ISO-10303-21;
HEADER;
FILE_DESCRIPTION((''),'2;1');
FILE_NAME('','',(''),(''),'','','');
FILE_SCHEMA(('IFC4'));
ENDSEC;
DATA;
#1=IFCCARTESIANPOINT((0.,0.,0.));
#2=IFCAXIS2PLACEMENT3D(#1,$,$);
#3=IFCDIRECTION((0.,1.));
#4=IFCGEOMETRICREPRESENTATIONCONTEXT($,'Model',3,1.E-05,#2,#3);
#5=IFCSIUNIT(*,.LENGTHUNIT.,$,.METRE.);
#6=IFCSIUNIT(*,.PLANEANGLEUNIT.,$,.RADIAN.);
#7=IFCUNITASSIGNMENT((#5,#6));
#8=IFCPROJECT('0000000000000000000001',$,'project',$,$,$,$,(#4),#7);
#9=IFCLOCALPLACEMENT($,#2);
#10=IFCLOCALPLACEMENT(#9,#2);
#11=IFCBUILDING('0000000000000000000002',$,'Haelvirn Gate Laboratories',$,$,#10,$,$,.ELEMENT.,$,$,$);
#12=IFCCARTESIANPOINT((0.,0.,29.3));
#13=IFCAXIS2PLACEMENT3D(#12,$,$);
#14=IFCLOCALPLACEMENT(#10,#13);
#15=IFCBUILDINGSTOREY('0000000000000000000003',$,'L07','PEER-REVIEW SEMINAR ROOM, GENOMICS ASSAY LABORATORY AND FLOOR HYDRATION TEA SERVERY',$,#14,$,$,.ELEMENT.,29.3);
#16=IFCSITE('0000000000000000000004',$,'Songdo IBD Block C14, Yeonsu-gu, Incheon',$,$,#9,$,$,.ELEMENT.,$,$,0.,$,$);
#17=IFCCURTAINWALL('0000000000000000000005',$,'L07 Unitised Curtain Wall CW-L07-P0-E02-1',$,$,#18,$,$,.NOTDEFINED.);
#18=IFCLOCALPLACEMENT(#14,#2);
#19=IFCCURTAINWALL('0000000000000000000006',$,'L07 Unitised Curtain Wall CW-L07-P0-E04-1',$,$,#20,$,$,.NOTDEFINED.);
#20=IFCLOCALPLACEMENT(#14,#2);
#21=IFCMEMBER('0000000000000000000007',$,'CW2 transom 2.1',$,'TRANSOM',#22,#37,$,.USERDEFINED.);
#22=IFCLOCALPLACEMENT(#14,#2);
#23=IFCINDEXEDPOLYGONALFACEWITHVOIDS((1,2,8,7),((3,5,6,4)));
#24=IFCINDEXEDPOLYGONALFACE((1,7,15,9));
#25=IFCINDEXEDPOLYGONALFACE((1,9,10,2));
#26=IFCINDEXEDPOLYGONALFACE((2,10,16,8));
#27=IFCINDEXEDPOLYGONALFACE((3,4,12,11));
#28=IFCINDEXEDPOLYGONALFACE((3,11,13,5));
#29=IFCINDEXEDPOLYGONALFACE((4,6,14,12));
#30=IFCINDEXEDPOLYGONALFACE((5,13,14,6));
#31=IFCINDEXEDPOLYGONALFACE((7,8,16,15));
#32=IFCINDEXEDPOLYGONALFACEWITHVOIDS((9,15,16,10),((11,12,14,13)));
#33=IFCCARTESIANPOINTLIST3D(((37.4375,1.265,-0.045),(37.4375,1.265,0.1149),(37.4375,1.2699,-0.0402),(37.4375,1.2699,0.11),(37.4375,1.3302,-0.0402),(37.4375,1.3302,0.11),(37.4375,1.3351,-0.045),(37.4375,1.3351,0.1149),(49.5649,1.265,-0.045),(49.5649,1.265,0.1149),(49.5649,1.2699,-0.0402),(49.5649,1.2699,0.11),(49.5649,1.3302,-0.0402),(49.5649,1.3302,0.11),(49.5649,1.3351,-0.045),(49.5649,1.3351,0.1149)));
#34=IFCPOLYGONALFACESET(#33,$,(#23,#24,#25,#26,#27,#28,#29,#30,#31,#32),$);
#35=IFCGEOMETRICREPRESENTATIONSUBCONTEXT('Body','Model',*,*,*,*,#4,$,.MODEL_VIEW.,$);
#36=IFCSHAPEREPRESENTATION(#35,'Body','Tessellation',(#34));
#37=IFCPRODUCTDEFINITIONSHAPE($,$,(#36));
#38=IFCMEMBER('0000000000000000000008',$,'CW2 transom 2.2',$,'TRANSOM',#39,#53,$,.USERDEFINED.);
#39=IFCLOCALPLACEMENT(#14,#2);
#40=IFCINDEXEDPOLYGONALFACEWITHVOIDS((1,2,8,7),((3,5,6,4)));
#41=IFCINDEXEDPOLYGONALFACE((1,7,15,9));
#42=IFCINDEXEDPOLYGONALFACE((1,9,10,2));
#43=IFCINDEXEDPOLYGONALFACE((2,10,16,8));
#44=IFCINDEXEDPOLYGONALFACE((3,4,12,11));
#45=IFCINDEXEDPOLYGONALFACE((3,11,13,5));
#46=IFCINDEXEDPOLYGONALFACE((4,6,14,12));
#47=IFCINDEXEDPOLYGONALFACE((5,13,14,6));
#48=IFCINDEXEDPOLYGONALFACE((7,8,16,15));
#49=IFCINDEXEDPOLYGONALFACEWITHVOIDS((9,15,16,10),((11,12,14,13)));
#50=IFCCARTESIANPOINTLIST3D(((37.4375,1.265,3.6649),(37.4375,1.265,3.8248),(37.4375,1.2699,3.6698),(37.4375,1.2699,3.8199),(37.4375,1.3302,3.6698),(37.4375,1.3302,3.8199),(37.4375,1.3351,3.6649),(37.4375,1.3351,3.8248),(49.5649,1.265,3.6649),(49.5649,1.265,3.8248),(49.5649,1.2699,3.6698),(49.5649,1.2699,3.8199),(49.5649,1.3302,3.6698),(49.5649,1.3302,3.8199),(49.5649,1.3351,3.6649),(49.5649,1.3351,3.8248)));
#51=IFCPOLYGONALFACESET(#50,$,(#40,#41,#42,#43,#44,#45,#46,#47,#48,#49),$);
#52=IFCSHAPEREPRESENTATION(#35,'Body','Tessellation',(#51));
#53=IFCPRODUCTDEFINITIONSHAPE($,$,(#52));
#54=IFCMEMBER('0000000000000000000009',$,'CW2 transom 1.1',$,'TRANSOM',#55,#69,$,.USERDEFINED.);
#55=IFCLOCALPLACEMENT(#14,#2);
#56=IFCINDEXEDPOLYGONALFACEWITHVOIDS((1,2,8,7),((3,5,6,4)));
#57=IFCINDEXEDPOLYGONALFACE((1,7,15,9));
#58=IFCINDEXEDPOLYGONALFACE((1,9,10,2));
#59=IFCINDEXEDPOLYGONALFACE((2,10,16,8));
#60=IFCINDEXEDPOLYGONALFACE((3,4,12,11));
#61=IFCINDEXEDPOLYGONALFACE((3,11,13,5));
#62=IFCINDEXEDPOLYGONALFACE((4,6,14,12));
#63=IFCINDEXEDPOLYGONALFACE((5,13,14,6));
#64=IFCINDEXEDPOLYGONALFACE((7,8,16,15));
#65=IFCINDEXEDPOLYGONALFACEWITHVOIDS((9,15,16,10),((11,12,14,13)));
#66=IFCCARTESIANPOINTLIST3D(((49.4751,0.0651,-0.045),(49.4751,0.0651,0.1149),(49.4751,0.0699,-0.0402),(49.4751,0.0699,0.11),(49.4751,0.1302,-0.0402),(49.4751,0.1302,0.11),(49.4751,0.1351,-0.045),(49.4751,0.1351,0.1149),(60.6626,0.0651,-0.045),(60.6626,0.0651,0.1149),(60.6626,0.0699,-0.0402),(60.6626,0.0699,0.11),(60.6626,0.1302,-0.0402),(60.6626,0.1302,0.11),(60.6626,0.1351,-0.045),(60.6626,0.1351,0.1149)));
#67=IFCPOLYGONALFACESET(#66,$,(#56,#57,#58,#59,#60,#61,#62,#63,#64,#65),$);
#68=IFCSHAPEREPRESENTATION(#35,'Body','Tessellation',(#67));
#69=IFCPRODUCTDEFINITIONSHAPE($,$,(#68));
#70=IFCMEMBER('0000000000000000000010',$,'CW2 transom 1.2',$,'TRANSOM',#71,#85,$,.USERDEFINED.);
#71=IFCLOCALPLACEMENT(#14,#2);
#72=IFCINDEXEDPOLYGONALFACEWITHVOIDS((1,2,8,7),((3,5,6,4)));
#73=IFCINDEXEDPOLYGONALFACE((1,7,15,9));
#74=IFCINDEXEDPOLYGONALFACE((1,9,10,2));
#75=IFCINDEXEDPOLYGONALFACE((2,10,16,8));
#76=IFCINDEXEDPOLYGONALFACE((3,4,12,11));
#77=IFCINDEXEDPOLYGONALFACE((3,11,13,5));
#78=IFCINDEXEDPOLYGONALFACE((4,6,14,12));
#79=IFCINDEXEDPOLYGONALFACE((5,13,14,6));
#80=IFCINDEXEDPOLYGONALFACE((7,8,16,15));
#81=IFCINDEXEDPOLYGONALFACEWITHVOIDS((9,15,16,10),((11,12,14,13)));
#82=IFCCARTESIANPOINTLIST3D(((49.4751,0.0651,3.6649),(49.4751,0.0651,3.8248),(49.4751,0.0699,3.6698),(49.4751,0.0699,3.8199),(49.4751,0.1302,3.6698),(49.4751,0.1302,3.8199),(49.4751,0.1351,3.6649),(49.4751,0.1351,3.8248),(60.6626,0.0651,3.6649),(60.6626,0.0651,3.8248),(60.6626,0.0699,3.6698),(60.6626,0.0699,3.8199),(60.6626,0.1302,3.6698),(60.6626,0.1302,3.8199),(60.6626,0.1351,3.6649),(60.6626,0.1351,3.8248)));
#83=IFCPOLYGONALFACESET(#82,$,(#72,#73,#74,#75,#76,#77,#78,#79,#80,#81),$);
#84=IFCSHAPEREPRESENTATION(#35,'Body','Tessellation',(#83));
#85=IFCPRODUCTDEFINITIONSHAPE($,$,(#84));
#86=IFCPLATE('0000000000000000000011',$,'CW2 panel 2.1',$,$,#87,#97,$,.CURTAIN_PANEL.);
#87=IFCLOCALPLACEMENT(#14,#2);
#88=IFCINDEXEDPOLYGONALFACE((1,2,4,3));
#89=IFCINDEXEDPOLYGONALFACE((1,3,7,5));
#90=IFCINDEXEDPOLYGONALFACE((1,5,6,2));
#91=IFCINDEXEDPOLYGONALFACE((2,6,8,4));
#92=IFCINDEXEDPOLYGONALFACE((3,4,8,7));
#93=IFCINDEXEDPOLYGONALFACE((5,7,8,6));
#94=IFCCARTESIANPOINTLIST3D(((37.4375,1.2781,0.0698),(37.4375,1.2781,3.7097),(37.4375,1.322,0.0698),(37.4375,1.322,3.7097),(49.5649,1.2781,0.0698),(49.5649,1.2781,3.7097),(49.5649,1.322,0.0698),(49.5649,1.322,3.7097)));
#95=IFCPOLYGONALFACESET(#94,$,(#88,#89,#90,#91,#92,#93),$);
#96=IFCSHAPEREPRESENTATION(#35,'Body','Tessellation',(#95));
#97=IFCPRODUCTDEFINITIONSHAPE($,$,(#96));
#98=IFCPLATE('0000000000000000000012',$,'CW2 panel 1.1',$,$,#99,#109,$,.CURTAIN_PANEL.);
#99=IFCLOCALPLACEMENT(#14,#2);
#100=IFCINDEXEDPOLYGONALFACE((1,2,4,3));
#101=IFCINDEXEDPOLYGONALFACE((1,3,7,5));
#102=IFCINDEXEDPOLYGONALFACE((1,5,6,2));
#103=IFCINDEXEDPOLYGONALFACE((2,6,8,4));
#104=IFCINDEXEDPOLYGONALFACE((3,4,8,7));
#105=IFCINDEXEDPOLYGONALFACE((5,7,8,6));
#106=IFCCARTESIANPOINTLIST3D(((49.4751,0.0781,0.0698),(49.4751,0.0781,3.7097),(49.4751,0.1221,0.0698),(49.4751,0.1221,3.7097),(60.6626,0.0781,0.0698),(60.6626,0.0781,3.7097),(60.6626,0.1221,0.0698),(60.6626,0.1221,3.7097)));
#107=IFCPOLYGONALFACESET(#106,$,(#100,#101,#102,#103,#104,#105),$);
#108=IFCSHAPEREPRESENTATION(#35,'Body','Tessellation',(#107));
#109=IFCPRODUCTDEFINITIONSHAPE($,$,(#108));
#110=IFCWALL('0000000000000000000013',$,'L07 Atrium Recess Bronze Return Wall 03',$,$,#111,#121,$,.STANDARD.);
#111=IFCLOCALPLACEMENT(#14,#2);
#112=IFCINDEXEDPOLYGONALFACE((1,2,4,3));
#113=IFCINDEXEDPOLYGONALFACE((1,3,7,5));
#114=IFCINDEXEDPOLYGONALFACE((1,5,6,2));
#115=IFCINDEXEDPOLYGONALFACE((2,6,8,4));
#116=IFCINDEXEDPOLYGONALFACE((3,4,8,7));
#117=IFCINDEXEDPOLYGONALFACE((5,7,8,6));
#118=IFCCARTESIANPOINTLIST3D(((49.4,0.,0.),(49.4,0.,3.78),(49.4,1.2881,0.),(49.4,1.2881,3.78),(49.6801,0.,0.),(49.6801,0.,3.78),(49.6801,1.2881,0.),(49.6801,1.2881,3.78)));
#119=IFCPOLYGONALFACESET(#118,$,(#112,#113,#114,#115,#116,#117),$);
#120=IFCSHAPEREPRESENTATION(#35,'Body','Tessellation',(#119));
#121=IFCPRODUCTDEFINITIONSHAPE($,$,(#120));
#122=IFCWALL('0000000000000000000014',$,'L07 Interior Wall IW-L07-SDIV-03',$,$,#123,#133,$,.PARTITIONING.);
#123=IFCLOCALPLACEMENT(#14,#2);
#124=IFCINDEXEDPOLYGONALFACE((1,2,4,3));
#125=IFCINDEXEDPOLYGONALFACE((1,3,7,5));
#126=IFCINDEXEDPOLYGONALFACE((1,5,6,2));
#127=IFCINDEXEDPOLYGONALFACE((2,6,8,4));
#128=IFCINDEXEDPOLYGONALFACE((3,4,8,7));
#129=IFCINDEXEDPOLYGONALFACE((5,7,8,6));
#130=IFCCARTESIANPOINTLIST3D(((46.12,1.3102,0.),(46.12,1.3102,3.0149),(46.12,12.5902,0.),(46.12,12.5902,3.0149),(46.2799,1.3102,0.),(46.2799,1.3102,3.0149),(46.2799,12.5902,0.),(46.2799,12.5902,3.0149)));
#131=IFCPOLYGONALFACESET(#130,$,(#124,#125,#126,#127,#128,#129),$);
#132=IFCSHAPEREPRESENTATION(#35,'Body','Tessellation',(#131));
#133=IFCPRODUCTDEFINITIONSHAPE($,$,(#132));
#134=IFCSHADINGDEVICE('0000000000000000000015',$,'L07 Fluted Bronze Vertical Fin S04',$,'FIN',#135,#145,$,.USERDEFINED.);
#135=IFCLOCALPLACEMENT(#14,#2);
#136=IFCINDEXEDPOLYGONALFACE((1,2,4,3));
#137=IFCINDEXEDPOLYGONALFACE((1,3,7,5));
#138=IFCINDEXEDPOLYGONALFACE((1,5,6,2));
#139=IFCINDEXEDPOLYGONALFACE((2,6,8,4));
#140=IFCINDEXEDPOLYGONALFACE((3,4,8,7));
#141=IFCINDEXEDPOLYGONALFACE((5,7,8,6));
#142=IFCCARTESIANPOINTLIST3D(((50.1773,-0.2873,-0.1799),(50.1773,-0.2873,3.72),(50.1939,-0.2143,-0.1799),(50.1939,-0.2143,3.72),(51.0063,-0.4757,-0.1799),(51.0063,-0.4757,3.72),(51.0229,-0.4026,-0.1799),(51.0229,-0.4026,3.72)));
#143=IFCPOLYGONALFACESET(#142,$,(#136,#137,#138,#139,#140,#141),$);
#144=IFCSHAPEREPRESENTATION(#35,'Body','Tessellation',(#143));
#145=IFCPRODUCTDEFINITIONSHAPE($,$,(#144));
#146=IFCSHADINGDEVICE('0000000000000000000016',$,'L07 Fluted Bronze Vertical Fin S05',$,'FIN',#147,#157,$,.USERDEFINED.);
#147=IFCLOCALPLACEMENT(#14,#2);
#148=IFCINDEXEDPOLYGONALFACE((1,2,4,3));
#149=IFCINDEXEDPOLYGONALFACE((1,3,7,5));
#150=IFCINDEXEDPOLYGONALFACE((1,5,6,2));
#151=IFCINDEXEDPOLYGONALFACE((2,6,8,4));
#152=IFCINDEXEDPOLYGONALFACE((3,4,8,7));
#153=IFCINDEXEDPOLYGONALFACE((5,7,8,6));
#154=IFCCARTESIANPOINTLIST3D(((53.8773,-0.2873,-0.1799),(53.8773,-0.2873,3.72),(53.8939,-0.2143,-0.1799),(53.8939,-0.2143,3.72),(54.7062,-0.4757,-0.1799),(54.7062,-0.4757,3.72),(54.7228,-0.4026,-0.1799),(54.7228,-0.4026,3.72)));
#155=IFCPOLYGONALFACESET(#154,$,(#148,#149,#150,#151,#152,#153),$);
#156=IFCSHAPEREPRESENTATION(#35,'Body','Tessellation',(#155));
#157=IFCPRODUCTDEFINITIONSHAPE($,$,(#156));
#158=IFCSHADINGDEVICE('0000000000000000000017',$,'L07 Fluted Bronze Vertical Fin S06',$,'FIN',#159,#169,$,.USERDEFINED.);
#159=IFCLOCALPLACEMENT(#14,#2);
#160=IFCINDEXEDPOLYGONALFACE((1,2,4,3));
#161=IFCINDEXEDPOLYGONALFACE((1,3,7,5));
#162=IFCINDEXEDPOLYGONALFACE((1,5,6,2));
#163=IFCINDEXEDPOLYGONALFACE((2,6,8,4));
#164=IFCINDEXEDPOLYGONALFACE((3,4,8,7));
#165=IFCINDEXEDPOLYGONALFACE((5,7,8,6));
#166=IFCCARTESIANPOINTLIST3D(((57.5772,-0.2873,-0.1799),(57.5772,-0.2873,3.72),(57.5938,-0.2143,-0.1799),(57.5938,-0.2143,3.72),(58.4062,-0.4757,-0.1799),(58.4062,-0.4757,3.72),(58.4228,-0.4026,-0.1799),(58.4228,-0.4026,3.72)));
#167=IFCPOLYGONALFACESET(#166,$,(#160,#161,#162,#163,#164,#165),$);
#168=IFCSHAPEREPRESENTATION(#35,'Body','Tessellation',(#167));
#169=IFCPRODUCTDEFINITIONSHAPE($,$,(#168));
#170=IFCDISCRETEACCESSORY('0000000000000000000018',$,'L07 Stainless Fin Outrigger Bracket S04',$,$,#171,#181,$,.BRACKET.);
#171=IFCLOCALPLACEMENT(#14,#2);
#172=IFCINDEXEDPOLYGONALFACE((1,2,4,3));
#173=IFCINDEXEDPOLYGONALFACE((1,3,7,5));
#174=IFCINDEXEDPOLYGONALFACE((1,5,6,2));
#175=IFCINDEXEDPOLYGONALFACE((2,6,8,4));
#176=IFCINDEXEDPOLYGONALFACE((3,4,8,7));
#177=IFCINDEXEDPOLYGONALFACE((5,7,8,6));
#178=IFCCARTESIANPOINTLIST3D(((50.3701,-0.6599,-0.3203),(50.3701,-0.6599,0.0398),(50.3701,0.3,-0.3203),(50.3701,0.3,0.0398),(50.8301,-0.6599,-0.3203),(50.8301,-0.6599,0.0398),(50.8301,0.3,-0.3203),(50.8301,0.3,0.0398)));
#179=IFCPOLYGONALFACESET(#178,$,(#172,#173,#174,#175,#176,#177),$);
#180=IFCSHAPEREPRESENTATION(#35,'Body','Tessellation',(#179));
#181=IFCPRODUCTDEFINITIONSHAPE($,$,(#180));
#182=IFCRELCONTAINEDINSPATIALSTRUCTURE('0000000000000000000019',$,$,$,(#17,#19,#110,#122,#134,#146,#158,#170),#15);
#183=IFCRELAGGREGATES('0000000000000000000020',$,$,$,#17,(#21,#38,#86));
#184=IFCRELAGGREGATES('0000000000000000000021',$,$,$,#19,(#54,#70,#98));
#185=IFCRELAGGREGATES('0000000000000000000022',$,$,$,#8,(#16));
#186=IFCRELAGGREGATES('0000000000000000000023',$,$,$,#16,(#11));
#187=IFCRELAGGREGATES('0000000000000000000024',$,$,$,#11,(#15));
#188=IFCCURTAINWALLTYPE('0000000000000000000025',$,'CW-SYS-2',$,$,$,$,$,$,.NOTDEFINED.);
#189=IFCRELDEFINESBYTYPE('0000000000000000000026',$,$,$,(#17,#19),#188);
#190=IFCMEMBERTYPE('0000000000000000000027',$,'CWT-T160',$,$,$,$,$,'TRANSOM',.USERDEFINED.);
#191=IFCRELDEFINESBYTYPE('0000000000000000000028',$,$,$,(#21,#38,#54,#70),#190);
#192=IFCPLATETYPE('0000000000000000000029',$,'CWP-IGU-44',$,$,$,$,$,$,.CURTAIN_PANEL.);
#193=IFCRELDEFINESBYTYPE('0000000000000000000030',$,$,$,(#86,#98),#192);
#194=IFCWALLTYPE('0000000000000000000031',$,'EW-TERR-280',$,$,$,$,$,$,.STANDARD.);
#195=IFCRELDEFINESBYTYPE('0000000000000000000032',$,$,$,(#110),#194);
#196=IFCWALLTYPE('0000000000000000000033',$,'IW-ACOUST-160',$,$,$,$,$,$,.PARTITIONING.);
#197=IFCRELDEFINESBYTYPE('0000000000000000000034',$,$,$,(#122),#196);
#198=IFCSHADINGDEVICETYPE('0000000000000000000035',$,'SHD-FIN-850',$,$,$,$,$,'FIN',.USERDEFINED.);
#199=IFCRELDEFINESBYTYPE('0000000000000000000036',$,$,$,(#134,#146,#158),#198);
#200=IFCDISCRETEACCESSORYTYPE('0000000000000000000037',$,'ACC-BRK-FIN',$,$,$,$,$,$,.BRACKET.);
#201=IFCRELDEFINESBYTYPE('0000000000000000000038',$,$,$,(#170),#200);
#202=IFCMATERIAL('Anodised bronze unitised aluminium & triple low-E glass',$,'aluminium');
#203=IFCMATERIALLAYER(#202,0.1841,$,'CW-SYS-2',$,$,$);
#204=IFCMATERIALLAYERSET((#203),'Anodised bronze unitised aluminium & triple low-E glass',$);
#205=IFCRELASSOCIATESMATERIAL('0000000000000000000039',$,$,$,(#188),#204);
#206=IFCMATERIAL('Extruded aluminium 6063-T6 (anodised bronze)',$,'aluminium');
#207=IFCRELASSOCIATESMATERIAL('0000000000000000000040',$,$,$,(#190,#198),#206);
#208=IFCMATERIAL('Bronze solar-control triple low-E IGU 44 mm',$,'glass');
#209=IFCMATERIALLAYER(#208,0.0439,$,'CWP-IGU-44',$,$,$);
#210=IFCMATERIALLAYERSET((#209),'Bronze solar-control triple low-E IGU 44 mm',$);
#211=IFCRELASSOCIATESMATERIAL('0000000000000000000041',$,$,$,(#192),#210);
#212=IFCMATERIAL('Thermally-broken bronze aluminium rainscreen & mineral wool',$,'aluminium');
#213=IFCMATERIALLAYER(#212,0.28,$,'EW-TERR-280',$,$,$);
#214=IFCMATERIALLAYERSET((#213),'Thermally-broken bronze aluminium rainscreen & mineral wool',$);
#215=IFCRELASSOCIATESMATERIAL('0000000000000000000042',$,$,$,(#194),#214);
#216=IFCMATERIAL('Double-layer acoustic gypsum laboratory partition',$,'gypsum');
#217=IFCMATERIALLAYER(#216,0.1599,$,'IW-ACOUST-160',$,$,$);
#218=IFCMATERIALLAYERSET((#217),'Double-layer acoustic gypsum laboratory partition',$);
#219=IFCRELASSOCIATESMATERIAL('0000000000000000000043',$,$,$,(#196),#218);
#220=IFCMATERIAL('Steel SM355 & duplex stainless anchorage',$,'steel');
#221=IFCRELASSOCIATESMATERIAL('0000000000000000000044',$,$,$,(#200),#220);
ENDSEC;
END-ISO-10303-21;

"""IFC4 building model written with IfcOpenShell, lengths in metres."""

from ifc_helpers import new_model, si_unit, direction, frame, frame_2d, origin, origin_2d, place, context, subcontext, project, spatial, rectangle, hollow_rectangle, extrude, source, transform, mapped, material, layer, layer_set, material_profile, profile_set, type_object, type_shapes, element, aggregate, save


model = new_model("IFC4")

# Units and contexts
model_context = context("Model", 3, precision=1e-05, world=origin(), true_north=direction((0.0, 1.0)))
body_context = subcontext(model_context, "Body", "Model", "MODEL_VIEW")
ifc_project = project(units=[si_unit("LENGTHUNIT", "METRE"), si_unit("PLANEANGLEUNIT", "RADIAN")], contexts=[model_context])

# Site, building, storey
site_placement = place(None, origin())
site = spatial("IfcSite", under=ifc_project, at=site_placement, Name="Songdo IBD Block C14, Yeonsu-gu, Incheon", CompositionType="ELEMENT", RefElevation=0.0)
building_placement = place(site_placement, origin())
building = spatial("IfcBuilding", under=site, at=building_placement, Name="Haelvirn Gate Laboratories", CompositionType="ELEMENT")
storey_placement = place(building_placement, frame((0.0, 0.0, 29.3)))
storey = spatial("IfcBuildingStorey", under=building, at=storey_placement, Name="L07", Description="PEER-REVIEW SEMINAR ROOM, GENOMICS ASSAY LABORATORY AND FLOOR HYDRATION TEA SERVERY", CompositionType="ELEMENT", Elevation=29.3)

# Curtain wall
ifc_material_1 = material(Name="Anodised bronze unitised aluminium & triple low-E glass", Category="aluminium")
ifc_layer_1 = layer(ifc_material_1, 0.1841, Name="CW-SYS-2")
ifc_layer_set_1 = layer_set([ifc_layer_1], Name="Anodised bronze unitised aluminium & triple low-E glass")
curtain_wall_type = type_object("IfcCurtainWallType", Name="CW-SYS-2", PredefinedType="NOTDEFINED", material=ifc_layer_set_1)
curtain_wall_1_placement = place(storey_placement, origin())
curtain_wall_1 = element("IfcCurtainWall", 1, at=curtain_wall_1_placement, inside=storey, type_object=curtain_wall_type, Name="L07 Unitised Curtain Wall CW-L07-P0-E02-1", PredefinedType="NOTDEFINED")
ifc_material_2 = material(Name="Extruded aluminium 6063-T6 (anodised bronze)", Category="aluminium")

# Curtain wall
curtain_wall_2_placement = place(storey_placement, origin())
curtain_wall_2 = element("IfcCurtainWall", 2, at=curtain_wall_2_placement, inside=storey, type_object=curtain_wall_type, Name="L07 Unitised Curtain Wall CW-L07-P0-E04-1", PredefinedType="NOTDEFINED")

# Members
ifc_material_profile_1 = material_profile(ifc_material_2, hollow_rectangle(XDim=0.0701, YDim=0.1599, WallThickness=0.0049, at=origin_2d()), Name="CWT-160x70x5")
ifc_profile_set_1 = profile_set([ifc_material_profile_1], Name="Extruded aluminium 6063-T6 (anodised bronze)")
member_type_1 = type_object("IfcMemberType", Name="CWT-T160", ElementType="TRANSOM", PredefinedType="USERDEFINED", material=ifc_profile_set_1)
shared_shape_1 = source(origin(), body_context, "Body", "SweptSolid", [
    extrude(hollow_rectangle(XDim=0.0701, YDim=0.1599, WallThickness=0.0049, at=origin_2d()), origin(), (0.0, 0.0, 1.0), 12.1274),
])
member_1_placement = place(storey_placement, frame((37.4375, 1.3, 0.0349), z_axis=(1.0, 0.0, 0.0), x_axis=(0.0, 1.0, 0.0)))
member_1 = element("IfcMember", 3, at=member_1_placement, type_object=member_type_1, Name="CW2 transom 2.1", ObjectType="TRANSOM", PredefinedType="USERDEFINED", context=body_context, shape_type="MappedRepresentation", body=[
    mapped(shared_shape_1, transform((0.0, 0.0, 0.0), scale=1.0)),
])
member_2_placement = place(storey_placement, frame((37.4375, 1.3, 3.7449), z_axis=(1.0, 0.0, 0.0), x_axis=(0.0, 1.0, 0.0)))
member_2 = element("IfcMember", 4, at=member_2_placement, type_object=member_type_1, Name="CW2 transom 2.2", ObjectType="TRANSOM", PredefinedType="USERDEFINED", context=body_context, shape_type="MappedRepresentation", body=[
    mapped(shared_shape_1, transform((0.0, 0.0, 0.0), scale=1.0)),
])
shared_shape_2 = source(origin(), body_context, "Body", "SweptSolid", [
    extrude(hollow_rectangle(XDim=0.0701, YDim=0.1599, WallThickness=0.0049, at=origin_2d()), origin(), (0.0, 0.0, 1.0), 11.1875),
])
type_shapes(member_type_1, [shared_shape_1, shared_shape_2])
member_3_placement = place(storey_placement, frame((49.4751, 0.1001, 0.0349), z_axis=(1.0, 0.0, 0.0), x_axis=(0.0, 1.0, 0.0)))
member_3 = element("IfcMember", 5, at=member_3_placement, type_object=member_type_1, Name="CW2 transom 1.1", ObjectType="TRANSOM", PredefinedType="USERDEFINED", context=body_context, shape_type="MappedRepresentation", body=[
    mapped(shared_shape_2, transform((0.0, 0.0, 0.0), scale=1.0)),
])
member_4_placement = place(storey_placement, frame((49.4751, 0.1001, 3.7449), z_axis=(1.0, 0.0, 0.0), x_axis=(0.0, 1.0, 0.0)))
member_4 = element("IfcMember", 6, at=member_4_placement, type_object=member_type_1, Name="CW2 transom 1.2", ObjectType="TRANSOM", PredefinedType="USERDEFINED", context=body_context, shape_type="MappedRepresentation", body=[
    mapped(shared_shape_2, transform((0.0, 0.0, 0.0), scale=1.0)),
])

# Plates
ifc_material_3 = material(Name="Bronze solar-control triple low-E IGU 44 mm", Category="glass")
ifc_layer_2 = layer(ifc_material_3, 0.0439, Name="CWP-IGU-44")
ifc_layer_set_2 = layer_set([ifc_layer_2], Name="Bronze solar-control triple low-E IGU 44 mm")
plate_type = type_object("IfcPlateType", Name="CWP-IGU-44", PredefinedType="CURTAIN_PANEL", material=ifc_layer_set_2)
shared_shape_3 = source(origin(), body_context, "Body", "SweptSolid", [
    extrude(rectangle(XDim=12.1274, YDim=0.0439, at=origin_2d()), origin(), (0.0, 0.0, 1.0), 3.6399),
])
plate_1_placement = place(storey_placement, frame((43.5012, 1.3, 0.0698), z_axis=(0.0, 0.0, 1.0), x_axis=(1.0, 0.0, 0.0)))
plate_1 = element("IfcPlate", 7, at=plate_1_placement, type_object=plate_type, Name="CW2 panel 2.1", PredefinedType="CURTAIN_PANEL", context=body_context, shape_type="MappedRepresentation", body=[
    mapped(shared_shape_3, transform((0.0, 0.0, 0.0), scale=1.0)),
])
aggregate(curtain_wall_1, [member_1, member_2, plate_1])
shared_shape_4 = source(origin(), body_context, "Body", "SweptSolid", [
    extrude(rectangle(XDim=11.1875, YDim=0.0439, at=origin_2d()), origin(), (0.0, 0.0, 1.0), 3.6399),
])
type_shapes(plate_type, [shared_shape_3, shared_shape_4])
plate_2_placement = place(storey_placement, frame((55.0688, 0.1001, 0.0698), z_axis=(0.0, 0.0, 1.0), x_axis=(1.0, 0.0, 0.0)))
plate_2 = element("IfcPlate", 8, at=plate_2_placement, type_object=plate_type, Name="CW2 panel 1.1", PredefinedType="CURTAIN_PANEL", context=body_context, shape_type="MappedRepresentation", body=[
    mapped(shared_shape_4, transform((0.0, 0.0, 0.0), scale=1.0)),
])
aggregate(curtain_wall_2, [member_3, member_4, plate_2])

# Walls
ifc_material_4 = material(Name="Thermally-broken bronze aluminium rainscreen & mineral wool", Category="aluminium")
ifc_layer_3 = layer(ifc_material_4, 0.28, Name="EW-TERR-280")
ifc_layer_set_3 = layer_set([ifc_layer_3], Name="Thermally-broken bronze aluminium rainscreen & mineral wool")
wall_type_1 = type_object("IfcWallType", Name="EW-TERR-280", PredefinedType="STANDARD", material=ifc_layer_set_3)
wall_1_placement = place(storey_placement, frame((49.54, 1.2881, 0.0), z_axis=(0.0, 0.0, 1.0), x_axis=(0.0, -1.0, 0.0)))
element("IfcWall", 9, at=wall_1_placement, inside=storey, type_object=wall_type_1, Name="L07 Atrium Recess Bronze Return Wall 03", PredefinedType="STANDARD", context=body_context, shape_type="SweptSolid", body=[
    extrude(rectangle(XDim=1.2881, YDim=0.28, at=frame_2d((0.644, 0.0))), origin(), (0.0, 0.0, 1.0), 3.78),
])
ifc_material_5 = material(Name="Double-layer acoustic gypsum laboratory partition", Category="gypsum")
ifc_layer_4 = layer(ifc_material_5, 0.1599, Name="IW-ACOUST-160")
ifc_layer_set_4 = layer_set([ifc_layer_4], Name="Double-layer acoustic gypsum laboratory partition")
wall_type_2 = type_object("IfcWallType", Name="IW-ACOUST-160", PredefinedType="PARTITIONING", material=ifc_layer_set_4)
wall_2_placement = place(storey_placement, frame((46.2, 1.3101, 0.0), z_axis=(0.0, 0.0, 1.0), x_axis=(0.0, 1.0, 0.0)))
element("IfcWall", 10, at=wall_2_placement, inside=storey, type_object=wall_type_2, Name="L07 Interior Wall IW-L07-SDIV-03", PredefinedType="PARTITIONING", context=body_context, shape_type="SweptSolid", body=[
    extrude(rectangle(XDim=11.28, YDim=0.1599, at=frame_2d((5.6401, 0.0))), origin(), (0.0, 0.0, 1.0), 3.0149),
])

# Shading devices
ifc_material_profile_2 = material_profile(ifc_material_2, rectangle(XDim=0.075, YDim=0.8501, at=origin_2d()), Name="FIN-850x75")
ifc_profile_set_2 = profile_set([ifc_material_profile_2], Name="Extruded aluminium 6063-T6 (anodised bronze)")
shading_device_type = type_object("IfcShadingDeviceType", Name="SHD-FIN-850", ElementType="FIN", PredefinedType="USERDEFINED", material=ifc_profile_set_2)
shared_shape_5 = source(origin(), body_context, "Body", "SweptSolid", [
    extrude(rectangle(XDim=0.075, YDim=0.8501, at=origin_2d()), origin(), (0.0, 0.0, 1.0), 3.8999),
])
type_shapes(shading_device_type, [shared_shape_5])
for number, where, z_axis, x_axis, name in (
    (11, (50.6001, -0.345, -0.1799), (0.0, 0.0, 1.0), (0.221548, 0.975149, 0.0), "L07 Fluted Bronze Vertical Fin S04"),
    (12, (54.3, -0.345, -0.1799), (0.0, 0.0, 1.0), (0.221548, 0.975149, 0.0), "L07 Fluted Bronze Vertical Fin S05"),
    (13, (58.0, -0.345, -0.1799), (0.0, 0.0, 1.0), (0.221548, 0.975149, 0.0), "L07 Fluted Bronze Vertical Fin S06"),
):
    element("IfcShadingDevice", number, at=place(storey_placement, frame(where, z_axis=z_axis, x_axis=x_axis)), inside=storey, type_object=shading_device_type, Name=name, ObjectType="FIN", PredefinedType="USERDEFINED", context=body_context, shape_type="MappedRepresentation", body=[
        mapped(shared_shape_5, transform((0.0, 0.0, 0.0), scale=1.0)),
    ])

# Discrete accessory
ifc_material_6 = material(Name="Steel SM355 & duplex stainless anchorage", Category="steel")
discrete_accessory_type = type_object("IfcDiscreteAccessoryType", Name="ACC-BRK-FIN", PredefinedType="BRACKET", material=ifc_material_6)
shared_shape_6 = source(origin(), body_context, "Body", "SweptSolid", [
    extrude(rectangle(XDim=0.46, YDim=0.96, at=origin_2d()), origin(), (0.0, 0.0, 1.0), 0.3601),
])
type_shapes(discrete_accessory_type, [shared_shape_6])
for number, where, z_axis, x_axis, name in (
    (14, (50.6001, -0.1799, -0.3203), (0.0, 0.0, 1.0), (1.0, 0.0, 0.0), "L07 Stainless Fin Outrigger Bracket S04"),
):
    element("IfcDiscreteAccessory", number, at=place(storey_placement, frame(where, z_axis=z_axis, x_axis=x_axis)), inside=storey, type_object=discrete_accessory_type, Name=name, PredefinedType="BRACKET", context=body_context, shape_type="MappedRepresentation", body=[
        mapped(shared_shape_6, transform((0.0, 0.0, 0.0), scale=1.0)),
    ])

save(model, "model.ifc")
